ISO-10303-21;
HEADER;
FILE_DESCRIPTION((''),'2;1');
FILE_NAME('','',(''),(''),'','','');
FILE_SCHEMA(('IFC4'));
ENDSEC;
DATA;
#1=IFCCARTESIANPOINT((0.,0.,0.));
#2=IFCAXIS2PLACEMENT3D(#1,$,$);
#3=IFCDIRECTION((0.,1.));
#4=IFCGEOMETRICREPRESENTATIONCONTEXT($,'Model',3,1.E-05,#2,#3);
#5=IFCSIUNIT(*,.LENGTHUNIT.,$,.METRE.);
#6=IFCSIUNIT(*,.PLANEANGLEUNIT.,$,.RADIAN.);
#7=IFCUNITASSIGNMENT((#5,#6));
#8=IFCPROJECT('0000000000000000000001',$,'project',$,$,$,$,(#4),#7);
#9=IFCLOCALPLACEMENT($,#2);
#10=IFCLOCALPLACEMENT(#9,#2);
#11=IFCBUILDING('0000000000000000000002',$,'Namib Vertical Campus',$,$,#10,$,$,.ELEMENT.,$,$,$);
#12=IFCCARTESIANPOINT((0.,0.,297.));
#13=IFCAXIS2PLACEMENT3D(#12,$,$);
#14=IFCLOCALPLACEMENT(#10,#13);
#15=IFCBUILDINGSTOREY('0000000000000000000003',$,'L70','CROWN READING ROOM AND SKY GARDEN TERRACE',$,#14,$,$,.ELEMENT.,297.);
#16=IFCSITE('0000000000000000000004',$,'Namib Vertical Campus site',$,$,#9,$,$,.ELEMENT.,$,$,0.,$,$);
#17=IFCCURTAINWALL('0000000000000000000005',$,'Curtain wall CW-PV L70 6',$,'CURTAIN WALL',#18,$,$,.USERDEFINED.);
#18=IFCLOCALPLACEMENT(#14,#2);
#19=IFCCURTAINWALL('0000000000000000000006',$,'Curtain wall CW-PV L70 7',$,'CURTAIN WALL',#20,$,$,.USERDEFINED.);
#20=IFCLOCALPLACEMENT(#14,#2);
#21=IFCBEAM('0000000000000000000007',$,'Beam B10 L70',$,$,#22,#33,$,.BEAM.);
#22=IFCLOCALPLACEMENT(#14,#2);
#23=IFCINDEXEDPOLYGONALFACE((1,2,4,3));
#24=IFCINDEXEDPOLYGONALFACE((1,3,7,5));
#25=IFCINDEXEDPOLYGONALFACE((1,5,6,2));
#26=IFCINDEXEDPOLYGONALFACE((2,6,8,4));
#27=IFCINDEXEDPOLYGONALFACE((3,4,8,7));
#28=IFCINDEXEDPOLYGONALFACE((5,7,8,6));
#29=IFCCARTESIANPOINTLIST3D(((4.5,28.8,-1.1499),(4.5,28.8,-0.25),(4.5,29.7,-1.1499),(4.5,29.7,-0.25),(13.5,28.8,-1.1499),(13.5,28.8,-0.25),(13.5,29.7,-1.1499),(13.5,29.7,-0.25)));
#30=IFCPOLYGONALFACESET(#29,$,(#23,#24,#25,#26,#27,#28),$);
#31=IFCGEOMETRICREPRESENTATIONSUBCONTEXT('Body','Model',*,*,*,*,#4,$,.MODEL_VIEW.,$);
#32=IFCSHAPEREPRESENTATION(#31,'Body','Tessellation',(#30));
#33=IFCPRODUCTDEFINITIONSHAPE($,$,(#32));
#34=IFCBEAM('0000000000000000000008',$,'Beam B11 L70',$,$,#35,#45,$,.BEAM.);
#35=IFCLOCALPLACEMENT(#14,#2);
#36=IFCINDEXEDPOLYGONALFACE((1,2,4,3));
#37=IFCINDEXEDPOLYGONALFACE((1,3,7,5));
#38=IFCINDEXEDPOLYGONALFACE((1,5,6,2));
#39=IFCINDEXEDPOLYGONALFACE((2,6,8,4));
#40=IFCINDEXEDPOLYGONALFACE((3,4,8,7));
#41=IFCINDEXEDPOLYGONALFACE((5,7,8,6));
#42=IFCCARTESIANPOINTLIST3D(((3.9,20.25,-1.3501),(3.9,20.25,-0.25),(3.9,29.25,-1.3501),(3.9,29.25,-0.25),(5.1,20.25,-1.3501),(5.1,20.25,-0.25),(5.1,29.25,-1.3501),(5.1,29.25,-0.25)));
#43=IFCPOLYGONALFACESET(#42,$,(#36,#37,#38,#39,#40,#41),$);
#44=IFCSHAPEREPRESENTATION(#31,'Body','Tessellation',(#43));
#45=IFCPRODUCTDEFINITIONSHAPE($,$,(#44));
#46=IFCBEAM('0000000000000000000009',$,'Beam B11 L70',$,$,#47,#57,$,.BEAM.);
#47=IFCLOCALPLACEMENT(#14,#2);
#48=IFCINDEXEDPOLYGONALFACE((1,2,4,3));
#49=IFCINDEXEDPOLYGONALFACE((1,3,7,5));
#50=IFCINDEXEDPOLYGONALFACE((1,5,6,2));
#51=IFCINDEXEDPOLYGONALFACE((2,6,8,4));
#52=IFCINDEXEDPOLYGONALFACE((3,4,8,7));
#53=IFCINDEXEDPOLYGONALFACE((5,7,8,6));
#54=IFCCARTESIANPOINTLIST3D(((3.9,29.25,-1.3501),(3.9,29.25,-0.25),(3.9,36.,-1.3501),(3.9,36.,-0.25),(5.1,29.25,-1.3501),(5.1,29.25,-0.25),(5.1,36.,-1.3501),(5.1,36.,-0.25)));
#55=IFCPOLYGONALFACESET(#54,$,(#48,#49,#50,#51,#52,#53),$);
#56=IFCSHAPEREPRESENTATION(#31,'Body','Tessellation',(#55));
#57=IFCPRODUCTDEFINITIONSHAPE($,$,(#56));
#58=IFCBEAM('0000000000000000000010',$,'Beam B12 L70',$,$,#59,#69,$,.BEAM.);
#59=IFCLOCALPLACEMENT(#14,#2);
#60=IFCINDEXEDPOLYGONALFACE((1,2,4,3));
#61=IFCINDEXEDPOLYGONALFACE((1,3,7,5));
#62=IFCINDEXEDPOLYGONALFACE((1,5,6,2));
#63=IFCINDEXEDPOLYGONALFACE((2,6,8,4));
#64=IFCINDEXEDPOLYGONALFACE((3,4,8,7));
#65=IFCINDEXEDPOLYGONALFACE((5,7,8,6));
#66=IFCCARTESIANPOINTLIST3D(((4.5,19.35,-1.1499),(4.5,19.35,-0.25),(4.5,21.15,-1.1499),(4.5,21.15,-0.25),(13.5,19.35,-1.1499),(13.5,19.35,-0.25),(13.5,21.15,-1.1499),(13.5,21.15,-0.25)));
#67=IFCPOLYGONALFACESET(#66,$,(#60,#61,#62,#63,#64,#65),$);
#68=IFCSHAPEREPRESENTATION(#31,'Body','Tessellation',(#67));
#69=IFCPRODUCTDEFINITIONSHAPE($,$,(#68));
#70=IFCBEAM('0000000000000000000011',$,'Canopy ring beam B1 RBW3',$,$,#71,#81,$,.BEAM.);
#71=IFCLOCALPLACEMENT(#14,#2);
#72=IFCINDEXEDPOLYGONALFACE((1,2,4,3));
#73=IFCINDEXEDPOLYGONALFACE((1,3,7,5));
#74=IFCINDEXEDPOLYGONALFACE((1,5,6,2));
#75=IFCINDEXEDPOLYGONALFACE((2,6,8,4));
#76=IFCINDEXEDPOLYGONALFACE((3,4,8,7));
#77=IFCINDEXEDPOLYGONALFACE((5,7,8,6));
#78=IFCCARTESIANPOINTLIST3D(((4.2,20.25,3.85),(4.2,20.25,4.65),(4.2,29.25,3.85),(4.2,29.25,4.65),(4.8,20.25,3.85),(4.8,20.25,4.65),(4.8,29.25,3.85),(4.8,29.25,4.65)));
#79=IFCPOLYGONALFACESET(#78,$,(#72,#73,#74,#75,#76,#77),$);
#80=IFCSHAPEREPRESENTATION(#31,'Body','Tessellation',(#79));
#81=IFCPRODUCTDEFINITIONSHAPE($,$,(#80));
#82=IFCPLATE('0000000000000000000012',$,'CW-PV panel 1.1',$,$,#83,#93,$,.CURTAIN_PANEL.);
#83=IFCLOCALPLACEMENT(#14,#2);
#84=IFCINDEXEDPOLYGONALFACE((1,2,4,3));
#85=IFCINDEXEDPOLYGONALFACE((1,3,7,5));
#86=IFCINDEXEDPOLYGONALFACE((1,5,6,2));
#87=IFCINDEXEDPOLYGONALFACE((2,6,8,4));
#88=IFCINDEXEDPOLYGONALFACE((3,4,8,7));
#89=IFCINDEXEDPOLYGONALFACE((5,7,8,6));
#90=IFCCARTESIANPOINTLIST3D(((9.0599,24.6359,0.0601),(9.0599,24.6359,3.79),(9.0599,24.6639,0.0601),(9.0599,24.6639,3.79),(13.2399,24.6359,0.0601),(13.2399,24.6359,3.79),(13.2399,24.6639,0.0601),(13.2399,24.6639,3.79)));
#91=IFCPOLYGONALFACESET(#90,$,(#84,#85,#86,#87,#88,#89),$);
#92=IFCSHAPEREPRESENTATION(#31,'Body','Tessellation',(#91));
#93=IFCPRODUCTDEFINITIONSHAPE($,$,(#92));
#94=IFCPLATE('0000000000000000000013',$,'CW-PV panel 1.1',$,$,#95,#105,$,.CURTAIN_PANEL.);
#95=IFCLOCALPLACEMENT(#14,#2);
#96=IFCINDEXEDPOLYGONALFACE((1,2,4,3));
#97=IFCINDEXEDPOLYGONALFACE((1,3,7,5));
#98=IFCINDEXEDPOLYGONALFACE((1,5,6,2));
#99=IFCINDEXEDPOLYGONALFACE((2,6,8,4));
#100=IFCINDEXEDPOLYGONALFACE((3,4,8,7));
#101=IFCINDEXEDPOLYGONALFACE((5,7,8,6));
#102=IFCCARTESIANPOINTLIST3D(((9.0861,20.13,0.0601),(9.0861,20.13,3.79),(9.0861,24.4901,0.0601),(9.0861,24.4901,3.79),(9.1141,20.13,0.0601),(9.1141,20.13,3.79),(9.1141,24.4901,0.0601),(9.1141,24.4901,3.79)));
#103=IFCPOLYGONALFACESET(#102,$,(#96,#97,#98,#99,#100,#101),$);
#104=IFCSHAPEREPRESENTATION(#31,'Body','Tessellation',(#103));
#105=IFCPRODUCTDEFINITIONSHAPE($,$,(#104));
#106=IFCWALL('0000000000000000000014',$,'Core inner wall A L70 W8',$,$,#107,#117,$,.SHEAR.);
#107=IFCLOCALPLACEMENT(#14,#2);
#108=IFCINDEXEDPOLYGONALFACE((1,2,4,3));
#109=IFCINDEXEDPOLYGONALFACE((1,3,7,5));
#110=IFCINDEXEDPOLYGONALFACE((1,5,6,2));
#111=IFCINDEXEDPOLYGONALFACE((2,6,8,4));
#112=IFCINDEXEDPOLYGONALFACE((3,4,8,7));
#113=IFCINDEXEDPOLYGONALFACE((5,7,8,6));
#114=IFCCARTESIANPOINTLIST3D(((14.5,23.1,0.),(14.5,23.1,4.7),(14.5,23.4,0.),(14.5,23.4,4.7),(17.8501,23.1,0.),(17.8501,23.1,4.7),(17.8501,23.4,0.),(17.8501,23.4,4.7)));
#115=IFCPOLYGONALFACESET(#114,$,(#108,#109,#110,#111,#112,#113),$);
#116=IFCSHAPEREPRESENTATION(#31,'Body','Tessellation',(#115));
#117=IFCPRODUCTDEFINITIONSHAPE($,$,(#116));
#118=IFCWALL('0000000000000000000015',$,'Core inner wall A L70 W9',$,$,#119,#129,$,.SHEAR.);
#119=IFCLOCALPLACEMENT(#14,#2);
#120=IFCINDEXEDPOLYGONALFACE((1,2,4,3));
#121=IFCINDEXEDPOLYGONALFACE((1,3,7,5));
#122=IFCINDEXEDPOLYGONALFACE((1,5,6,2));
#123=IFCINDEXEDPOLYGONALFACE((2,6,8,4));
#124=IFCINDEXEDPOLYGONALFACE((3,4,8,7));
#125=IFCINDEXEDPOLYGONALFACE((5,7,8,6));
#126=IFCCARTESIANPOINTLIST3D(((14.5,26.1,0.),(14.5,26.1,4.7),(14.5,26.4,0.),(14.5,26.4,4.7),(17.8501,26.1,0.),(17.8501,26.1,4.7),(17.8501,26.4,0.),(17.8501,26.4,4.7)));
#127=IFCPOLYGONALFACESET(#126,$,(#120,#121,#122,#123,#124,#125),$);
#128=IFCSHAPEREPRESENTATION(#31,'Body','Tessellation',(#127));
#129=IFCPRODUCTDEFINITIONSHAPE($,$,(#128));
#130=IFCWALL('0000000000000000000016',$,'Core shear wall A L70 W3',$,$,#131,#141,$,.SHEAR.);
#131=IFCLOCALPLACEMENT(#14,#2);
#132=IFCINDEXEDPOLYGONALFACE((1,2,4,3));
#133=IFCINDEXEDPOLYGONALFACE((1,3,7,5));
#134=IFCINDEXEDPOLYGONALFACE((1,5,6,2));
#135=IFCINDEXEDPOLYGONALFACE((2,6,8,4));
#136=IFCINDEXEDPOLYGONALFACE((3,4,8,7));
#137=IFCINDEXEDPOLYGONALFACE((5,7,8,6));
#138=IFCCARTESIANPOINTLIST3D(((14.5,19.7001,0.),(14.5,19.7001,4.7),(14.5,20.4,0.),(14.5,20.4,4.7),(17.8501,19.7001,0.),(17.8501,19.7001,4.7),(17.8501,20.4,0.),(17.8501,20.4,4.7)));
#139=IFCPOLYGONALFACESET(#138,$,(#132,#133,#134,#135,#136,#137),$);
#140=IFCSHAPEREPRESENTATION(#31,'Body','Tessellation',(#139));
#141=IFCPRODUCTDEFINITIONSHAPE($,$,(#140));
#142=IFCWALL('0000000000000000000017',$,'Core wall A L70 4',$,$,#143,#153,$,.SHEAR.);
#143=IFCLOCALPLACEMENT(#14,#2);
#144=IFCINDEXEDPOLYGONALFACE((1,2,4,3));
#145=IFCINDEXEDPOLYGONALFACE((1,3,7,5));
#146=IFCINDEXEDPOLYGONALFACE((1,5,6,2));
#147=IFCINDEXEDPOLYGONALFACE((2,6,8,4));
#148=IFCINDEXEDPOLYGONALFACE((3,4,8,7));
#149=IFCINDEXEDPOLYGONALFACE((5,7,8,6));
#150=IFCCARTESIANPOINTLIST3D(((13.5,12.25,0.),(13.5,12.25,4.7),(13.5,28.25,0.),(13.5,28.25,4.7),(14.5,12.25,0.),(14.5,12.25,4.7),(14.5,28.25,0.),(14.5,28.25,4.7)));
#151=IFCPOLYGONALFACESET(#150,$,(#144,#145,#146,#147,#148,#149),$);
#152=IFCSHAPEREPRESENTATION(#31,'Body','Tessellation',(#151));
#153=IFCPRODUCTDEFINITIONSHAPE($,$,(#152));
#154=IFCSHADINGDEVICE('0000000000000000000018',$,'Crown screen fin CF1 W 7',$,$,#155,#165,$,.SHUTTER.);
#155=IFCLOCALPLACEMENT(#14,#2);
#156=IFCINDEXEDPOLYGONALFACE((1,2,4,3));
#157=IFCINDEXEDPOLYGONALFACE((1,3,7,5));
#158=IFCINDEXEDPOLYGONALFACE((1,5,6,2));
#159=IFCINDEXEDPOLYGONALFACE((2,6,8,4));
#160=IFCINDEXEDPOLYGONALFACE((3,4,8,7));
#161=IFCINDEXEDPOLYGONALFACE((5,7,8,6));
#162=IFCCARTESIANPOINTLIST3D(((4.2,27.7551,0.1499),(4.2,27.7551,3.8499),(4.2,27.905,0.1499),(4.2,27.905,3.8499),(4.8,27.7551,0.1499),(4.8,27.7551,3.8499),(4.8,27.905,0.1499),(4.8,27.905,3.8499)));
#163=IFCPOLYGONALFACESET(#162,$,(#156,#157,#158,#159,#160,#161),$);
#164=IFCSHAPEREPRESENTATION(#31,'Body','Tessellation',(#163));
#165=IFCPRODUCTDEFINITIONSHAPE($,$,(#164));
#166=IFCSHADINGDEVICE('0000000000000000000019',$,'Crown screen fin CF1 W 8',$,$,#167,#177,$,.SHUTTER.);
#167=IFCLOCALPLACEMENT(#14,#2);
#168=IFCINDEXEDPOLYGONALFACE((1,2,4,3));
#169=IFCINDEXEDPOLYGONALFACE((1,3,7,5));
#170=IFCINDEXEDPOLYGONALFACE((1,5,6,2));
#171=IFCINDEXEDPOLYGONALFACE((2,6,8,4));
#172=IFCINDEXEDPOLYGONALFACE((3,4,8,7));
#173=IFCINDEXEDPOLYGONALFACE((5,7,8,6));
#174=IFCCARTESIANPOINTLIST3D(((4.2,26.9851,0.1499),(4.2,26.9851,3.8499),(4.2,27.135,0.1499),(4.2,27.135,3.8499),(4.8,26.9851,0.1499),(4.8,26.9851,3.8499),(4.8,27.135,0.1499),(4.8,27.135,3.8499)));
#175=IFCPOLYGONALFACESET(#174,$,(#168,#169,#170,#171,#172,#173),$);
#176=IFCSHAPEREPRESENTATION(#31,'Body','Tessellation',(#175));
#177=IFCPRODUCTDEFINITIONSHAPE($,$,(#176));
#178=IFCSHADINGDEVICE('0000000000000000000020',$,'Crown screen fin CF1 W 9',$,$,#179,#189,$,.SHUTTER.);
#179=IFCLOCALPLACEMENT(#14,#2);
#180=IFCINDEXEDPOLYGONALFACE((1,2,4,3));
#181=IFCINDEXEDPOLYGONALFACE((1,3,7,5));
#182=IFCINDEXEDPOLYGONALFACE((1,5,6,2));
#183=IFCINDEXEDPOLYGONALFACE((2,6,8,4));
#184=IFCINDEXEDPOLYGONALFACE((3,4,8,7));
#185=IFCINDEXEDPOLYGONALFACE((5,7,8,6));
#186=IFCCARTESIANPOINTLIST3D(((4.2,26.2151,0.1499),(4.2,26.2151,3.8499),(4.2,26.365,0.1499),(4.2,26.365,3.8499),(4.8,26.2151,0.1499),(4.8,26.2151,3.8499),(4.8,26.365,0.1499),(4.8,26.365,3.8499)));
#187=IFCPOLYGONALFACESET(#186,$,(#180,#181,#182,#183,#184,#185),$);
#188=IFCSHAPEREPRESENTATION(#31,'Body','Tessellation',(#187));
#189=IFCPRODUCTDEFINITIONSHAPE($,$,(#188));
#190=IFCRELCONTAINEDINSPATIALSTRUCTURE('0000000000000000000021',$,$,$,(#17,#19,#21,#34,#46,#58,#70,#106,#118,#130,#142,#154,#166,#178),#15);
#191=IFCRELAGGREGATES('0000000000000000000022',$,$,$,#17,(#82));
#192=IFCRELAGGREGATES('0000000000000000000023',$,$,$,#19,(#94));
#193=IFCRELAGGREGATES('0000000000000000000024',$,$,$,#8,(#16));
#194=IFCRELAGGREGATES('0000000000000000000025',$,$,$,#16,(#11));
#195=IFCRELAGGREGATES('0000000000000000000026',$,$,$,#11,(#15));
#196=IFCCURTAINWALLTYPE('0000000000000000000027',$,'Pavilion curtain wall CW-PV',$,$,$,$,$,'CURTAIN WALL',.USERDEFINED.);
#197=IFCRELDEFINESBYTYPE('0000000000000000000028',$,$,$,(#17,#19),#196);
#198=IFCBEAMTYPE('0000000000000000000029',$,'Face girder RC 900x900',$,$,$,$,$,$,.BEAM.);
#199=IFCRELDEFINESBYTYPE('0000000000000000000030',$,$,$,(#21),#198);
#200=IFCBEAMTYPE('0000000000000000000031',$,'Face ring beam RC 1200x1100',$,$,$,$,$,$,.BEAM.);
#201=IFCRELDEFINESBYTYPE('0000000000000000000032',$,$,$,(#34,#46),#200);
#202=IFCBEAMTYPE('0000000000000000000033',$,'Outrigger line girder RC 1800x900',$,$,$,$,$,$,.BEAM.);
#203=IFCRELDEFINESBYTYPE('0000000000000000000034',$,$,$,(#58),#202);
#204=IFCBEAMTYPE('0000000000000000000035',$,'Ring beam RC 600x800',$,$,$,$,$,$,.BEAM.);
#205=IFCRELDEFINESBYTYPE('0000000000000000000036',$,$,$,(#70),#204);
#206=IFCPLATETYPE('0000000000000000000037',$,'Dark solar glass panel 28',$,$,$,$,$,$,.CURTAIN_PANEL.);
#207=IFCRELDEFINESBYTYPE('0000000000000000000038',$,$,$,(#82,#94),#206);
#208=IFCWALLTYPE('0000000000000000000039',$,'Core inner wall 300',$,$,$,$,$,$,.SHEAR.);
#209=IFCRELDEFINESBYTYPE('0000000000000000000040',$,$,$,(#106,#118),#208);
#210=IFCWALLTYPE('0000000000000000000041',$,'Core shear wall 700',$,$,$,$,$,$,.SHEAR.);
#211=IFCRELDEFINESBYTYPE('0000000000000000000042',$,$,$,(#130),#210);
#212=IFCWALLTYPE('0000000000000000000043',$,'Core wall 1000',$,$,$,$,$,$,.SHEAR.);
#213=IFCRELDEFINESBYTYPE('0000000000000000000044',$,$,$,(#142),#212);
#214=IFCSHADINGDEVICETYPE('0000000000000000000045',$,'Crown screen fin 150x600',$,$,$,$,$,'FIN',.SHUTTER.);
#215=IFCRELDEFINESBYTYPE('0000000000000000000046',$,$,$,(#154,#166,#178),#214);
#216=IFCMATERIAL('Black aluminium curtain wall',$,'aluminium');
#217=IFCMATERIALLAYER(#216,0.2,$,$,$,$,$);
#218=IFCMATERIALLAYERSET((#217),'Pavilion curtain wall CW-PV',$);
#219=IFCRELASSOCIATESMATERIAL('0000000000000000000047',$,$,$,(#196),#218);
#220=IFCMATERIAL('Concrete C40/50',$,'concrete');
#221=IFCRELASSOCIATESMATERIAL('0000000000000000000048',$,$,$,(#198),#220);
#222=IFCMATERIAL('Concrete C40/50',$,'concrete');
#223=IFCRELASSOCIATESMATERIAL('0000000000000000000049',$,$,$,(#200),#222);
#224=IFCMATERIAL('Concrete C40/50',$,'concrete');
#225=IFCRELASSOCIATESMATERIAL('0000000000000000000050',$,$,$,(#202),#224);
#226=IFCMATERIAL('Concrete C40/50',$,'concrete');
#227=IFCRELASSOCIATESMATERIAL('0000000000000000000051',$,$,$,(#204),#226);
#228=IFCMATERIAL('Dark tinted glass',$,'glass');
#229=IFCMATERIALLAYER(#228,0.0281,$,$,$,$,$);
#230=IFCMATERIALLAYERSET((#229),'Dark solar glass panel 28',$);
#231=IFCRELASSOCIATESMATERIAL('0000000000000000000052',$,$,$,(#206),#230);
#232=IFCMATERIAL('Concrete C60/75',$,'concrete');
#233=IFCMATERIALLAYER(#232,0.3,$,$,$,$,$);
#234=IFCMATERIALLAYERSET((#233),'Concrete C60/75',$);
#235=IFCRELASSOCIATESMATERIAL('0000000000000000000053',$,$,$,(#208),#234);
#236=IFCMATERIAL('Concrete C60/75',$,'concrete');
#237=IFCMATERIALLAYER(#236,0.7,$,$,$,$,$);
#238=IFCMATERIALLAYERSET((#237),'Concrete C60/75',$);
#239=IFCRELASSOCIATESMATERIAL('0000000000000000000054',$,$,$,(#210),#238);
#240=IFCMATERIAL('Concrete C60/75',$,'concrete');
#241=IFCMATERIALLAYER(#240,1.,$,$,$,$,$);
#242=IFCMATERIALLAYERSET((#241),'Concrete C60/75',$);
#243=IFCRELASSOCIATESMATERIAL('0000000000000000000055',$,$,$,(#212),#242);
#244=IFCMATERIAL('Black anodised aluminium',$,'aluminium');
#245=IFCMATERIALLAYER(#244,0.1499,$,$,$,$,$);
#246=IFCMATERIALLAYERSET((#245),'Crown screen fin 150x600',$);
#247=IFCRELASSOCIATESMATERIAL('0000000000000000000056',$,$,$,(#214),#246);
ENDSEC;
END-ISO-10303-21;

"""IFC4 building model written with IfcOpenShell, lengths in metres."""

from ifc_helpers import new_model, si_unit, direction, frame, frame_2d, origin, origin_2d, place, context, subcontext, project, spatial, rectangle, extrude, material, layer, layer_set, material_profile, profile_set, type_object, element, aggregate, save


model = new_model("IFC4")

# Units and contexts
model_context = context("Model", 3, precision=1e-05, world=origin(), true_north=direction((0.0, 1.0)))
body_context = subcontext(model_context, "Body", "Model", "MODEL_VIEW")
ifc_project = project(units=[si_unit("LENGTHUNIT", "METRE"), si_unit("PLANEANGLEUNIT", "RADIAN")], contexts=[model_context])

# Site, building, storey
site_placement = place(None, origin())
site = spatial("IfcSite", under=ifc_project, at=site_placement, Name="Namib Vertical Campus site", CompositionType="ELEMENT", RefElevation=0.0)
building_placement = place(site_placement, origin())
building = spatial("IfcBuilding", under=site, at=building_placement, Name="Namib Vertical Campus", CompositionType="ELEMENT")
storey_placement = place(building_placement, frame((0.0, 0.0, 297.0)))
storey = spatial("IfcBuildingStorey", under=building, at=storey_placement, Name="L70", Description="CROWN READING ROOM AND SKY GARDEN TERRACE", CompositionType="ELEMENT", Elevation=297.0)

# Curtain walls
ifc_material_1 = material(Name="Black aluminium curtain wall", Category="aluminium")
ifc_layer_1 = layer(ifc_material_1, 0.2)
ifc_layer_set_1 = layer_set([ifc_layer_1], Name="Pavilion curtain wall CW-PV")
curtain_wall_type = type_object("IfcCurtainWallType", Name="Pavilion curtain wall CW-PV", ElementType="CURTAIN WALL", PredefinedType="USERDEFINED", material=ifc_layer_set_1)
curtain_wall_1_placement = place(storey_placement, origin())
curtain_wall_1 = element("IfcCurtainWall", 1, at=curtain_wall_1_placement, inside=storey, type_object=curtain_wall_type, Name="Curtain wall CW-PV L70 6", ObjectType="CURTAIN WALL", PredefinedType="USERDEFINED")
curtain_wall_2_placement = place(storey_placement, origin())
curtain_wall_2 = element("IfcCurtainWall", 2, at=curtain_wall_2_placement, inside=storey, type_object=curtain_wall_type, Name="Curtain wall CW-PV L70 7", ObjectType="CURTAIN WALL", PredefinedType="USERDEFINED")

# Beams
ifc_material_2 = material(Name="Concrete C40/50", Category="concrete")
ifc_material_profile_1 = material_profile(ifc_material_2, rectangle(XDim=0.8999, YDim=0.8999, at=origin_2d()))
ifc_profile_set_1 = profile_set([ifc_material_profile_1], Name="Concrete C40/50")
beam_type_1 = type_object("IfcBeamType", Name="Face girder RC 900x900", PredefinedType="BEAM", material=ifc_profile_set_1)
beam_1_placement = place(storey_placement, frame((4.5, 29.25, -0.7), z_axis=(1.0, 0.0, 0.0), x_axis=(0.0, 1.0, 0.0)))
element("IfcBeam", 3, at=beam_1_placement, inside=storey, type_object=beam_type_1, Name="Beam B10 L70", PredefinedType="BEAM", context=body_context, shape_type="SweptSolid", body=[
    extrude(rectangle(XDim=0.8999, YDim=0.8999, at=origin_2d()), origin(), (0.0, 0.0, 1.0), 9.0),
])
ifc_material_3 = material(Name="Concrete C40/50", Category="concrete")
ifc_material_profile_2 = material_profile(ifc_material_3, rectangle(XDim=1.2, YDim=1.1001, at=origin_2d()))
ifc_profile_set_2 = profile_set([ifc_material_profile_2], Name="Concrete C40/50")
beam_type_2 = type_object("IfcBeamType", Name="Face ring beam RC 1200x1100", PredefinedType="BEAM", material=ifc_profile_set_2)
beam_2_placement = place(storey_placement, frame((4.5, 20.25, -0.8), z_axis=(0.0, 1.0, 0.0), x_axis=(-1.0, 0.0, 0.0)))
element("IfcBeam", 4, at=beam_2_placement, inside=storey, type_object=beam_type_2, Name="Beam B11 L70", PredefinedType="BEAM", context=body_context, shape_type="SweptSolid", body=[
    extrude(rectangle(XDim=1.2, YDim=1.1001, at=origin_2d()), origin(), (0.0, 0.0, 1.0), 9.0),
])
beam_3_placement = place(storey_placement, frame((4.5, 29.25, -0.8), z_axis=(0.0, 1.0, 0.0), x_axis=(-1.0, 0.0, 0.0)))
element("IfcBeam", 5, at=beam_3_placement, inside=storey, type_object=beam_type_2, Name="Beam B11 L70", PredefinedType="BEAM", context=body_context, shape_type="SweptSolid", body=[
    extrude(rectangle(XDim=1.2, YDim=1.1001, at=origin_2d()), origin(), (0.0, 0.0, 1.0), 6.75),
])
ifc_material_4 = material(Name="Concrete C40/50", Category="concrete")
ifc_material_profile_3 = material_profile(ifc_material_4, rectangle(XDim=1.8, YDim=0.8999, at=origin_2d()))
ifc_profile_set_3 = profile_set([ifc_material_profile_3], Name="Concrete C40/50")
beam_type_3 = type_object("IfcBeamType", Name="Outrigger line girder RC 1800x900", PredefinedType="BEAM", material=ifc_profile_set_3)
beam_4_placement = place(storey_placement, frame((4.5, 20.25, -0.7), z_axis=(1.0, 0.0, 0.0), x_axis=(0.0, 1.0, 0.0)))
element("IfcBeam", 6, at=beam_4_placement, inside=storey, type_object=beam_type_3, Name="Beam B12 L70", PredefinedType="BEAM", context=body_context, shape_type="SweptSolid", body=[
    extrude(rectangle(XDim=1.8, YDim=0.8999, at=origin_2d()), origin(), (0.0, 0.0, 1.0), 9.0),
])
ifc_material_5 = material(Name="Concrete C40/50", Category="concrete")
ifc_material_profile_4 = material_profile(ifc_material_5, rectangle(XDim=0.6001, YDim=0.8, at=origin_2d()))
ifc_profile_set_4 = profile_set([ifc_material_profile_4], Name="Concrete C40/50")
beam_type_4 = type_object("IfcBeamType", Name="Ring beam RC 600x800", PredefinedType="BEAM", material=ifc_profile_set_4)
beam_5_placement = place(storey_placement, frame((4.5, 20.25, 4.25), z_axis=(0.0, 1.0, 0.0), x_axis=(-1.0, 0.0, 0.0)))
element("IfcBeam", 7, at=beam_5_placement, inside=storey, type_object=beam_type_4, Name="Canopy ring beam B1 RBW3", PredefinedType="BEAM", context=body_context, shape_type="SweptSolid", body=[
    extrude(rectangle(XDim=0.6001, YDim=0.8, at=origin_2d()), origin(), (0.0, 0.0, 1.0), 9.0),
])

# Plates
ifc_material_6 = material(Name="Dark tinted glass", Category="glass")
ifc_layer_2 = layer(ifc_material_6, 0.0281)
ifc_layer_set_2 = layer_set([ifc_layer_2], Name="Dark solar glass panel 28")
plate_type = type_object("IfcPlateType", Name="Dark solar glass panel 28", PredefinedType="CURTAIN_PANEL", material=ifc_layer_set_2)
plate_1_placement = place(storey_placement, frame((11.1499, 24.6499, 0.0601), z_axis=(0.0, 0.0, 1.0), x_axis=(-1.0, 0.0, 0.0)))
plate_1 = element("IfcPlate", 8, at=plate_1_placement, type_object=plate_type, Name="CW-PV panel 1.1", PredefinedType="CURTAIN_PANEL", context=body_context, shape_type="SweptSolid", body=[
    extrude(rectangle(XDim=4.1799, YDim=0.0281, at=origin_2d()), origin(), (0.0, 0.0, 1.0), 3.73),
])
aggregate(curtain_wall_1, [plate_1])
plate_2_placement = place(storey_placement, frame((9.1001, 22.3101, 0.0601), z_axis=(0.0, 0.0, 1.0), x_axis=(0.0, -1.0, 0.0)))
plate_2 = element("IfcPlate", 9, at=plate_2_placement, type_object=plate_type, Name="CW-PV panel 1.1", PredefinedType="CURTAIN_PANEL", context=body_context, shape_type="SweptSolid", body=[
    extrude(rectangle(XDim=4.3601, YDim=0.0281, at=origin_2d()), origin(), (0.0, 0.0, 1.0), 3.73),
])
aggregate(curtain_wall_2, [plate_2])

# Walls
ifc_material_7 = material(Name="Concrete C60/75", Category="concrete")
ifc_layer_3 = layer(ifc_material_7, 0.3)
ifc_layer_set_3 = layer_set([ifc_layer_3], Name="Concrete C60/75")
wall_type_1 = type_object("IfcWallType", Name="Core inner wall 300", PredefinedType="SHEAR", material=ifc_layer_set_3)
for number, where, z_axis, x_axis, name in (
    (10, (14.5, 23.25, 0.0), (0.0, 0.0, 1.0), (1.0, 0.0, 0.0), "Core inner wall A L70 W8"),
    (11, (14.5, 26.25, 0.0), (0.0, 0.0, 1.0), (1.0, 0.0, 0.0), "Core inner wall A L70 W9"),
):
    element("IfcWall", number, at=place(storey_placement, frame(where, z_axis=z_axis, x_axis=x_axis)), inside=storey, type_object=wall_type_1, Name=name, PredefinedType="SHEAR", context=body_context, shape_type="SweptSolid", body=[
        extrude(rectangle(XDim=3.3501, YDim=0.3, at=frame_2d((1.675, 0.0))), origin(), (0.0, 0.0, 1.0), 4.7),
    ])
ifc_material_8 = material(Name="Concrete C60/75", Category="concrete")
ifc_layer_4 = layer(ifc_material_8, 0.7)
ifc_layer_set_4 = layer_set([ifc_layer_4], Name="Concrete C60/75")
wall_type_2 = type_object("IfcWallType", Name="Core shear wall 700", PredefinedType="SHEAR", material=ifc_layer_set_4)
wall_1_placement = place(storey_placement, frame((14.5, 20.05, 0.0), z_axis=(0.0, 0.0, 1.0), x_axis=(1.0, 0.0, 0.0)))
element("IfcWall", 12, at=wall_1_placement, inside=storey, type_object=wall_type_2, Name="Core shear wall A L70 W3", PredefinedType="SHEAR", context=body_context, shape_type="SweptSolid", body=[
    extrude(rectangle(XDim=3.3501, YDim=0.7, at=frame_2d((1.675, 0.0))), origin(), (0.0, 0.0, 1.0), 4.7),
])
ifc_material_9 = material(Name="Concrete C60/75", Category="concrete")
ifc_layer_5 = layer(ifc_material_9, 1.0)
ifc_layer_set_5 = layer_set([ifc_layer_5], Name="Concrete C60/75")
wall_type_3 = type_object("IfcWallType", Name="Core wall 1000", PredefinedType="SHEAR", material=ifc_layer_set_5)
wall_2_placement = place(storey_placement, frame((14.0, 28.25, 0.0), z_axis=(0.0, 0.0, 1.0), x_axis=(0.0, -1.0, 0.0)))
element("IfcWall", 13, at=wall_2_placement, inside=storey, type_object=wall_type_3, Name="Core wall A L70 4", PredefinedType="SHEAR", context=body_context, shape_type="SweptSolid", body=[
    extrude(rectangle(XDim=16.0, YDim=1.0, at=frame_2d((8.0, 0.0))), origin(), (0.0, 0.0, 1.0), 4.7),
])

# Shading devices
ifc_material_10 = material(Name="Black anodised aluminium", Category="aluminium")
ifc_layer_6 = layer(ifc_material_10, 0.1499)
ifc_layer_set_6 = layer_set([ifc_layer_6], Name="Crown screen fin 150x600")
shading_device_type = type_object("IfcShadingDeviceType", Name="Crown screen fin 150x600", ElementType="FIN", PredefinedType="SHUTTER", material=ifc_layer_set_6)
for number, where, z_axis, x_axis, name in (
    (14, (4.5, 27.8301, 0.1499), (0.0, 0.0, 1.0), (0.0, -1.0, 0.0), "Crown screen fin CF1 W 7"),
    (15, (4.5, 27.0601, 0.1499), (0.0, 0.0, 1.0), (0.0, -1.0, 0.0), "Crown screen fin CF1 W 8"),
    (16, (4.5, 26.29, 0.1499), (0.0, 0.0, 1.0), (0.0, -1.0, 0.0), "Crown screen fin CF1 W 9"),
):
    element("IfcShadingDevice", number, at=place(storey_placement, frame(where, z_axis=z_axis, x_axis=x_axis)), inside=storey, type_object=shading_device_type, Name=name, PredefinedType="SHUTTER", context=body_context, shape_type="SweptSolid", body=[
        extrude(rectangle(XDim=0.1499, YDim=0.6001, at=origin_2d()), origin(), (0.0, 0.0, 1.0), 3.7),
    ])

save(model, "model.ifc")
